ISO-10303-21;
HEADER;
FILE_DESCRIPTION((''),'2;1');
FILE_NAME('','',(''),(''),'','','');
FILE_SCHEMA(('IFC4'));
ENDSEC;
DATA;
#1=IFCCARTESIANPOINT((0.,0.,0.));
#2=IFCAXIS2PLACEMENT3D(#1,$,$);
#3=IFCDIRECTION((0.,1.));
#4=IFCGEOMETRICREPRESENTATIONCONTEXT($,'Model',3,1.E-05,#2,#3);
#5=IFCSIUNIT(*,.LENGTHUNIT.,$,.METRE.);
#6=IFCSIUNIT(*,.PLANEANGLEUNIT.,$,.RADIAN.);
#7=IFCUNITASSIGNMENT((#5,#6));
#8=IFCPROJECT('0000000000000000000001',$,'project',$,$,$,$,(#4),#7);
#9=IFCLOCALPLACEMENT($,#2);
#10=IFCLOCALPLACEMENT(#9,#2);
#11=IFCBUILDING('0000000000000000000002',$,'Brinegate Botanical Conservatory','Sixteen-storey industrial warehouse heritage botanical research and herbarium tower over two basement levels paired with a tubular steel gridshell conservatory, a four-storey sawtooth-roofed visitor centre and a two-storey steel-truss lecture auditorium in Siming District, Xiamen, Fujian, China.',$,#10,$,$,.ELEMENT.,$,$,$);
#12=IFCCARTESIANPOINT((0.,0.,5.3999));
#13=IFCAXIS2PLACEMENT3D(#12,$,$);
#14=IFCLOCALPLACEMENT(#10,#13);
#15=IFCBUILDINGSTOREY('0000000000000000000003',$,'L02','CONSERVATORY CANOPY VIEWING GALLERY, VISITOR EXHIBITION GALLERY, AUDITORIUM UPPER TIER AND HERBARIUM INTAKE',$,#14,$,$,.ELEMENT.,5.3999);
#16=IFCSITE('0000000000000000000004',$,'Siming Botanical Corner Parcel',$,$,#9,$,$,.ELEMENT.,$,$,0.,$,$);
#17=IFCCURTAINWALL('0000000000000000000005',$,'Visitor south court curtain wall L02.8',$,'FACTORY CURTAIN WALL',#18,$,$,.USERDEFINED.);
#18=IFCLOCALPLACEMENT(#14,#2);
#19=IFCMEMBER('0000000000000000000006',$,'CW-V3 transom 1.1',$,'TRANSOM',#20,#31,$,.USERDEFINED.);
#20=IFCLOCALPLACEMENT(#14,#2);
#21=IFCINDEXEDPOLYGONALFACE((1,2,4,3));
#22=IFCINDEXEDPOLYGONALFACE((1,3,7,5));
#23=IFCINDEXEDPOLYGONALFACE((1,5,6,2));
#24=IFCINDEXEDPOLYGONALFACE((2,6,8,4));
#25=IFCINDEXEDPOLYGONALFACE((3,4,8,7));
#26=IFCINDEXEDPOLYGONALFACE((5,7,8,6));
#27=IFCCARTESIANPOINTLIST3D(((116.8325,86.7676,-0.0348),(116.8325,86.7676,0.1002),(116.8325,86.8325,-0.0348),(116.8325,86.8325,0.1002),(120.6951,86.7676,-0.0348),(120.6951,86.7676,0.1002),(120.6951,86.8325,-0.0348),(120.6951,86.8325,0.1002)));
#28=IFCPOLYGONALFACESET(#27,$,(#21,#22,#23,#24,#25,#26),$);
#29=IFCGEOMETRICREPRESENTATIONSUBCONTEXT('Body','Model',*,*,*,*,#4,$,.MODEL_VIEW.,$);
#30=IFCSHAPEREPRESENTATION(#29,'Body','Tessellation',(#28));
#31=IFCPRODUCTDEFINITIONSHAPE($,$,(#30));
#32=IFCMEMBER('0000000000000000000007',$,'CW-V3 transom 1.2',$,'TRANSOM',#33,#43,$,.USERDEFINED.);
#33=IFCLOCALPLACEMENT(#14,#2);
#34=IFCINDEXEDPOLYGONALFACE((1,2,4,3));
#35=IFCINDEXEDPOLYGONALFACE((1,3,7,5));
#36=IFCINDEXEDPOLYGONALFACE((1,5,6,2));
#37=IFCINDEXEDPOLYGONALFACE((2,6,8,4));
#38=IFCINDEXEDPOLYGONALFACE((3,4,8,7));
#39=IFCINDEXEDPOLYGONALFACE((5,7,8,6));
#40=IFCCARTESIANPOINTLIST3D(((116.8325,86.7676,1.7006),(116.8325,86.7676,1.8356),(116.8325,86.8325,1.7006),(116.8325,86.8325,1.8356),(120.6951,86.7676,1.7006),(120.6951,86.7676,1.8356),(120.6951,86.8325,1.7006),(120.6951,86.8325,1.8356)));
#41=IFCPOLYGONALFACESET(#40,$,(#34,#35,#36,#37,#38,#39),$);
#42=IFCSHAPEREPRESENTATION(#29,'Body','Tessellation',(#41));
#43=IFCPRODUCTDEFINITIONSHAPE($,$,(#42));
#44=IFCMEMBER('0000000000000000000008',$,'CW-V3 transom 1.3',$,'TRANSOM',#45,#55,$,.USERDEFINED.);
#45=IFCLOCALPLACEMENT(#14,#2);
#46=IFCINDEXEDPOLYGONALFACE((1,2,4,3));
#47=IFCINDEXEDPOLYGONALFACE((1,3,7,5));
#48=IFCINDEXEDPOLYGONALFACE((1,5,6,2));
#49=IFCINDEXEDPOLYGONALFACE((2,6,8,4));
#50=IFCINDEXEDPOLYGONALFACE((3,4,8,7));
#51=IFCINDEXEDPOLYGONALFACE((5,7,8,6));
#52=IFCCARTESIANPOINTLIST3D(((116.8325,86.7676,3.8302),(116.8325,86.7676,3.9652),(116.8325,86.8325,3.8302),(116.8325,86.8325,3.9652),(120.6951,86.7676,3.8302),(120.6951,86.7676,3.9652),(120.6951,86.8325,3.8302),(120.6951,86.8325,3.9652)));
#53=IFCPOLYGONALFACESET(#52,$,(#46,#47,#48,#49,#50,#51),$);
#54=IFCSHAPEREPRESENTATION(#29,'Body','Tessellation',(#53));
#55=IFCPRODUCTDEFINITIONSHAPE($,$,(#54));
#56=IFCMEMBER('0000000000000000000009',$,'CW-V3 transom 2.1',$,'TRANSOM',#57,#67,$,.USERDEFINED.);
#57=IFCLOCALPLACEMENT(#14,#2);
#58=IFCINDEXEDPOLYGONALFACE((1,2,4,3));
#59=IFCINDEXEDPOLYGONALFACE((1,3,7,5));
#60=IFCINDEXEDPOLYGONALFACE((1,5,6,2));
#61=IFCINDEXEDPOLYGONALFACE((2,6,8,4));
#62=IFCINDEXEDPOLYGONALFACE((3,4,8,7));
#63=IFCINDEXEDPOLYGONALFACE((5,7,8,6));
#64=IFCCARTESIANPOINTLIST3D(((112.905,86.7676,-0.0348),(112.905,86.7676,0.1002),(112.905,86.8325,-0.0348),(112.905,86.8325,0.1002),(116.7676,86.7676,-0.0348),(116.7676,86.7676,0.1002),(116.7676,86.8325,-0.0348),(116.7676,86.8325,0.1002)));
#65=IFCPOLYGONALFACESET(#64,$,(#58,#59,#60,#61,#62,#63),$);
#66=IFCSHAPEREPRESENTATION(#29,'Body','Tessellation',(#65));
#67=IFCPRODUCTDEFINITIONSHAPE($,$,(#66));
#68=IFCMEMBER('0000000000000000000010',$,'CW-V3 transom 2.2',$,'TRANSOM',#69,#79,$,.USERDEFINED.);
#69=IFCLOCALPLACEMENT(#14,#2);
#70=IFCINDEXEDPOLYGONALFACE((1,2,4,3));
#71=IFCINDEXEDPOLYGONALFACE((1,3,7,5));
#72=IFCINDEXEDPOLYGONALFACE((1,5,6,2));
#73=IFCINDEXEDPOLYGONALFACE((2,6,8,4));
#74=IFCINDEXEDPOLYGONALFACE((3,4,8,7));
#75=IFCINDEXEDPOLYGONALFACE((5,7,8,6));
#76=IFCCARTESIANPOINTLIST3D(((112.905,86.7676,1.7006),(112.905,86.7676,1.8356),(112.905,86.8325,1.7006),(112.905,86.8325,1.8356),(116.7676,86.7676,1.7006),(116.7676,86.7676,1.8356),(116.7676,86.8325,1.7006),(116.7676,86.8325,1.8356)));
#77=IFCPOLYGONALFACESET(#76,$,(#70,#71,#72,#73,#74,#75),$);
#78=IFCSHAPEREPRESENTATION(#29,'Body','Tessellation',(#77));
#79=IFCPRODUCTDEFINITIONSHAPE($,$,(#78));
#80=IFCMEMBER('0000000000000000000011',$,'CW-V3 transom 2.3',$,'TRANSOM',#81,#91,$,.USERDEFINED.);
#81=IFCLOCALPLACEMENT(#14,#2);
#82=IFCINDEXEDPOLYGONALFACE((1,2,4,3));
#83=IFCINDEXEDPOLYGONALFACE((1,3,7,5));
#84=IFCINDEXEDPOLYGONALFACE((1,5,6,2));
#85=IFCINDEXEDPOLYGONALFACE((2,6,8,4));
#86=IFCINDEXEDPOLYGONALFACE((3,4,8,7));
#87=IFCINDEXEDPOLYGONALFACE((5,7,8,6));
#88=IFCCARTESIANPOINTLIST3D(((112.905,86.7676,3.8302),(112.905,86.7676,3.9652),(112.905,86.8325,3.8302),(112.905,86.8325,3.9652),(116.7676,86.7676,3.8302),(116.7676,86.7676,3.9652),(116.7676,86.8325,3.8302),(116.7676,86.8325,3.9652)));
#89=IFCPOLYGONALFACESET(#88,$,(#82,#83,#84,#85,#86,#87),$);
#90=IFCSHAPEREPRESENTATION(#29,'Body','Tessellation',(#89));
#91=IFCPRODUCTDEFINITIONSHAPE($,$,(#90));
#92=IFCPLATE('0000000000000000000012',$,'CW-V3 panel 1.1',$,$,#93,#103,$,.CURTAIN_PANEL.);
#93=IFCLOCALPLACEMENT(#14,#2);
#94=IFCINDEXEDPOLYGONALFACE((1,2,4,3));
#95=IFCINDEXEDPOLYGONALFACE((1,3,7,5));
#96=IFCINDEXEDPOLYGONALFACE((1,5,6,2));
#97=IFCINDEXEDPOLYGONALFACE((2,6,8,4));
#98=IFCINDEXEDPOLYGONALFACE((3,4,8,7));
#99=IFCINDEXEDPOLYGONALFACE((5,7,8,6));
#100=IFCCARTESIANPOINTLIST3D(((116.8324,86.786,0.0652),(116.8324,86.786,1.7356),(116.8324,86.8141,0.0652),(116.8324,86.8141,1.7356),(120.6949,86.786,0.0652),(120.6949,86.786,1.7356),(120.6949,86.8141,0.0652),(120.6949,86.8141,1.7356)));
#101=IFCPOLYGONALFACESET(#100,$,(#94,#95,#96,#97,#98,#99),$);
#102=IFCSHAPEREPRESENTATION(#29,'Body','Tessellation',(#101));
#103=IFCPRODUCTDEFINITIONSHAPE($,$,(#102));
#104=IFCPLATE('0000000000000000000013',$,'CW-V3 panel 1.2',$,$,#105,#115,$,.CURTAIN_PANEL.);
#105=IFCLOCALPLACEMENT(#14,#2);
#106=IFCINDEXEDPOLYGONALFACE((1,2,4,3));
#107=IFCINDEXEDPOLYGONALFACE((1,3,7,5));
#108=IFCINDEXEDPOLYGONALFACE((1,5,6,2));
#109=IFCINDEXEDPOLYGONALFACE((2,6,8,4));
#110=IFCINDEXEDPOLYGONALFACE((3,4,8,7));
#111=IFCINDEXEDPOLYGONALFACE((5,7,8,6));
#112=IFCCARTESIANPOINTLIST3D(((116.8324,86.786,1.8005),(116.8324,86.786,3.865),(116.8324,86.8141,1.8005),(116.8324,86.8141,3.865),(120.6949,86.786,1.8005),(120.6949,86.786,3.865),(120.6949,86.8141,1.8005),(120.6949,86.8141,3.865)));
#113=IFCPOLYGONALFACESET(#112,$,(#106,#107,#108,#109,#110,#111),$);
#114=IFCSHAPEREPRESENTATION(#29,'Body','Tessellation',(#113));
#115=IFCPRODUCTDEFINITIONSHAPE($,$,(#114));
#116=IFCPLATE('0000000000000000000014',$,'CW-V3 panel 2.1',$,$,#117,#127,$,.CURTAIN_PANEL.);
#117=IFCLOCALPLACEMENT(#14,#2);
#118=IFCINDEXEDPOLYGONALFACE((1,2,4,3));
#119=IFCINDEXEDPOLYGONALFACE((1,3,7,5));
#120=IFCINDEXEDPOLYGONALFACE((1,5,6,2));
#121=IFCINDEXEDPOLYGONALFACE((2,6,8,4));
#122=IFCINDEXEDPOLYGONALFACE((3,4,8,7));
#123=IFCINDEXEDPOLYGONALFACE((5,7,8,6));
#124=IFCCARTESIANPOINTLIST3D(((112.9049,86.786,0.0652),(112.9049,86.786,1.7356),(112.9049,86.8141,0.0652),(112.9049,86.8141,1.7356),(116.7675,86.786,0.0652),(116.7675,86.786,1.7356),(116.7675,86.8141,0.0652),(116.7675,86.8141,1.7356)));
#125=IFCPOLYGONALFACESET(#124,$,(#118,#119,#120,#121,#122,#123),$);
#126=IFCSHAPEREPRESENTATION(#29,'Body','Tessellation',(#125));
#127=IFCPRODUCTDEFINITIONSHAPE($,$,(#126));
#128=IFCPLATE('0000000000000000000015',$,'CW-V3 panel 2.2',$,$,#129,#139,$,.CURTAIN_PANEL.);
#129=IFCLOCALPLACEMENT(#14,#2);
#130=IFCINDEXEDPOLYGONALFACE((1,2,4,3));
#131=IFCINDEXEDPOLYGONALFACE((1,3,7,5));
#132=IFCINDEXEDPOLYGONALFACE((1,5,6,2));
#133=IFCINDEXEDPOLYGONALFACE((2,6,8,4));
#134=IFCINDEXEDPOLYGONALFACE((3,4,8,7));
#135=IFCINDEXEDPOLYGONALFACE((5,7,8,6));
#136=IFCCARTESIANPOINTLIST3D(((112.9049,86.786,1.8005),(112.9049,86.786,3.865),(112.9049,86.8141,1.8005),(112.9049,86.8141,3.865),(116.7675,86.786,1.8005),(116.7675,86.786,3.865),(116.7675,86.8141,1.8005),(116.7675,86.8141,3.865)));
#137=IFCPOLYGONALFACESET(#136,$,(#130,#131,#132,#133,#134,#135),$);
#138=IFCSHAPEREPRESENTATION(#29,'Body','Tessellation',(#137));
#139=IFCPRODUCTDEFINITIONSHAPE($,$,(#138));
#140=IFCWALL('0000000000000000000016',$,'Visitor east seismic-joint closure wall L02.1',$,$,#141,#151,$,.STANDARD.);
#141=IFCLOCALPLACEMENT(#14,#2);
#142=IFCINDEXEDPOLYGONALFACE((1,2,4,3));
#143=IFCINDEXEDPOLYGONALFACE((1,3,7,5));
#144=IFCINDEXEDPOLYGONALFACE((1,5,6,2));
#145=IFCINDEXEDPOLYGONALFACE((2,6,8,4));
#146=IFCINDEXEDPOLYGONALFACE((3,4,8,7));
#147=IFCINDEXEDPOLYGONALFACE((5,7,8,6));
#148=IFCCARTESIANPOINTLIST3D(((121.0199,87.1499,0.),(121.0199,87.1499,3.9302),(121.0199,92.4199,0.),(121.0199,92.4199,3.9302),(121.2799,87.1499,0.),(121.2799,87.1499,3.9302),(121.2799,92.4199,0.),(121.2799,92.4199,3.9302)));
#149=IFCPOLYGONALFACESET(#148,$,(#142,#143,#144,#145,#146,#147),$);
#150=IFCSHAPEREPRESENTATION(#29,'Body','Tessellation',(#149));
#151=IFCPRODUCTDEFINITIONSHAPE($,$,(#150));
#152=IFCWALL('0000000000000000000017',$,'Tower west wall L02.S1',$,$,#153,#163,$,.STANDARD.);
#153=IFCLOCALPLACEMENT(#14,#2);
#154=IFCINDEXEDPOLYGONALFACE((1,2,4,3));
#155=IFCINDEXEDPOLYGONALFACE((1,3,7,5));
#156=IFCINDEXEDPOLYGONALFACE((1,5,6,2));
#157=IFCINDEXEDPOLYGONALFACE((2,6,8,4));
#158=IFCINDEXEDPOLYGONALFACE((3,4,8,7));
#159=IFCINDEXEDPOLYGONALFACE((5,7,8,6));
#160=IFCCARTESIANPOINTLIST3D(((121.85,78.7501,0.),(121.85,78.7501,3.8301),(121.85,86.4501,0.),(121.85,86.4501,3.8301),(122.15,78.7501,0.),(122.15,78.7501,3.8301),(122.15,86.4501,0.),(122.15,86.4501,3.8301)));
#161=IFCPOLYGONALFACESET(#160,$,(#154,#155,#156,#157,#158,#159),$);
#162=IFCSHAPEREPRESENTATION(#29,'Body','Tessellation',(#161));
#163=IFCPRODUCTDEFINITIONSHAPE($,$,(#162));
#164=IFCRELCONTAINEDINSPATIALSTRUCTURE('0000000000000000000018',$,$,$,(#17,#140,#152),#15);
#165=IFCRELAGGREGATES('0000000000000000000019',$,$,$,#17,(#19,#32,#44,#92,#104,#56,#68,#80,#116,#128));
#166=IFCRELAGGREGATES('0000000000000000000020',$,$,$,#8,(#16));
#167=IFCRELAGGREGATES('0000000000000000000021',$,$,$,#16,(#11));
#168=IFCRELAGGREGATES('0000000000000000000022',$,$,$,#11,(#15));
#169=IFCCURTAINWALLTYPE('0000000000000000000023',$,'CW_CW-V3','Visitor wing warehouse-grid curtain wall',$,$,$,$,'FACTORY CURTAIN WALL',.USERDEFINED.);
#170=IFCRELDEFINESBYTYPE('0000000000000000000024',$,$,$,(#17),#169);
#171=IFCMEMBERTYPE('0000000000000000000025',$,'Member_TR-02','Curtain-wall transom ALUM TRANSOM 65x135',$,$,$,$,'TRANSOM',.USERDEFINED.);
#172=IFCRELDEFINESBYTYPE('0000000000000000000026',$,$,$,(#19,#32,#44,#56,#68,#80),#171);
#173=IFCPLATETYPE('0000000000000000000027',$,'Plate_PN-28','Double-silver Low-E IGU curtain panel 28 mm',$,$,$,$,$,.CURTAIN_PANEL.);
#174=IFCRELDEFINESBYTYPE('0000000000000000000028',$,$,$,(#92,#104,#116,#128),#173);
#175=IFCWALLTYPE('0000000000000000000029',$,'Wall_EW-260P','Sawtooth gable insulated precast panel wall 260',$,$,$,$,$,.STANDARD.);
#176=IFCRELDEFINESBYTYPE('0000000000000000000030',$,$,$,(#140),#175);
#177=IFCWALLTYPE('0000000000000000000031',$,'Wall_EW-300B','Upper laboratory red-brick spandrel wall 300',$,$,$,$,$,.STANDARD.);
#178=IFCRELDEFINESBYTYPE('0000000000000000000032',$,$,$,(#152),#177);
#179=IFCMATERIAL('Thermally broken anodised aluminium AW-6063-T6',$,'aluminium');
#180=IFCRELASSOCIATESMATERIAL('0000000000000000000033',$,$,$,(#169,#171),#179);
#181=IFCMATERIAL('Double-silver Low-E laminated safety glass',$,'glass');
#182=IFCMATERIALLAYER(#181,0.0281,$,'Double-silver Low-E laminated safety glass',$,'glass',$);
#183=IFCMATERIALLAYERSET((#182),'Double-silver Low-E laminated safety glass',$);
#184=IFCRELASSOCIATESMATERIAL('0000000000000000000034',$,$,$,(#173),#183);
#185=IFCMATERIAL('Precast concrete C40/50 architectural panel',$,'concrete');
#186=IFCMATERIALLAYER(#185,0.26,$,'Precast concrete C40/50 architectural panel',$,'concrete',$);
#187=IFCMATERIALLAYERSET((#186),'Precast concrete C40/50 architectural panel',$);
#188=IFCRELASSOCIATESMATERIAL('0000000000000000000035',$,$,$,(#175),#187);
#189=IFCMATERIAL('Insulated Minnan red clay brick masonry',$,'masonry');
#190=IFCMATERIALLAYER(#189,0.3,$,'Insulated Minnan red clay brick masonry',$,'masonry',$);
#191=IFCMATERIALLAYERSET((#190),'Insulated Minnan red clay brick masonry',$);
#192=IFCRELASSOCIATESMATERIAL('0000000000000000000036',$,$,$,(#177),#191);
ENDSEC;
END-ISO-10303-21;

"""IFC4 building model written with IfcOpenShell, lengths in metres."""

from ifc_helpers import new_model, si_unit, direction, frame, frame_2d, origin, origin_2d, place, context, subcontext, project, spatial, rectangle, extrude, material, layer, layer_set, material_profile, profile_set, type_object, element, aggregate, save


model = new_model("IFC4")

# Units and contexts
model_context = context("Model", 3, precision=1e-05, world=origin(), true_north=direction((0.0, 1.0)))
body_context = subcontext(model_context, "Body", "Model", "MODEL_VIEW")
ifc_project = project(units=[si_unit("LENGTHUNIT", "METRE"), si_unit("PLANEANGLEUNIT", "RADIAN")], contexts=[model_context])

# Site, building, storey
site_placement = place(None, origin())
site = spatial("IfcSite", under=ifc_project, at=site_placement, Name="Siming Botanical Corner Parcel", CompositionType="ELEMENT", RefElevation=0.0)
building_placement = place(site_placement, origin())
building = spatial("IfcBuilding", under=site, at=building_placement, Name="Brinegate Botanical Conservatory", Description="Sixteen-storey industrial warehouse heritage botanical research and herbarium tower over two basement levels paired with a tubular steel gridshell conservatory, a four-storey sawtooth-roofed visitor centre and a two-storey steel-truss lecture auditorium in Siming District, Xiamen, Fujian, China.", CompositionType="ELEMENT")
storey_placement = place(building_placement, frame((0.0, 0.0, 5.3999)))
storey = spatial("IfcBuildingStorey", under=building, at=storey_placement, Name="L02", Description="CONSERVATORY CANOPY VIEWING GALLERY, VISITOR EXHIBITION GALLERY, AUDITORIUM UPPER TIER AND HERBARIUM INTAKE", CompositionType="ELEMENT", Elevation=5.3999)

# Curtain wall, members, plates
ifc_material_1 = material(Name="Thermally broken anodised aluminium AW-6063-T6", Category="aluminium")
curtain_wall_type = type_object("IfcCurtainWallType", Name="CW_CW-V3", Description="Visitor wing warehouse-grid curtain wall", ElementType="FACTORY CURTAIN WALL", PredefinedType="USERDEFINED", material=ifc_material_1)
curtain_wall_placement = place(storey_placement, origin())
curtain_wall = element("IfcCurtainWall", 1, at=curtain_wall_placement, inside=storey, type_object=curtain_wall_type, Name="Visitor south court curtain wall L02.8", ObjectType="FACTORY CURTAIN WALL", PredefinedType="USERDEFINED")
ifc_material_profile_1 = material_profile(ifc_material_1, rectangle(XDim=0.0649, YDim=0.135, at=origin_2d()), Name="ALUM TRANSOM 65x135")
ifc_profile_set_1 = profile_set([ifc_material_profile_1], Name="Thermally broken anodised aluminium AW-6063-T6")
member_type_1 = type_object("IfcMemberType", Name="Member_TR-02", Description="Curtain-wall transom ALUM TRANSOM 65x135", ElementType="TRANSOM", PredefinedType="USERDEFINED", material=ifc_profile_set_1)
member_1_placement = place(storey_placement, frame((120.6951, 86.8, 0.0327), z_axis=(-1.0, 0.0, 0.0), x_axis=(0.0, -1.0, 0.0)))
member_1 = element("IfcMember", 2, at=member_1_placement, type_object=member_type_1, Name="CW-V3 transom 1.1", ObjectType="TRANSOM", PredefinedType="USERDEFINED", context=body_context, shape_type="SweptSolid", body=[
    extrude(rectangle(XDim=0.0649, YDim=0.135, at=origin_2d()), origin(), (0.0, 0.0, 1.0), 3.8625),
])
member_2_placement = place(storey_placement, frame((120.6951, 86.8, 1.7681), z_axis=(-1.0, 0.0, 0.0), x_axis=(0.0, -1.0, 0.0)))
member_2 = element("IfcMember", 3, at=member_2_placement, type_object=member_type_1, Name="CW-V3 transom 1.2", ObjectType="TRANSOM", PredefinedType="USERDEFINED", context=body_context, shape_type="SweptSolid", body=[
    extrude(rectangle(XDim=0.0649, YDim=0.135, at=origin_2d()), origin(), (0.0, 0.0, 1.0), 3.8625),
])
member_3_placement = place(storey_placement, frame((120.6951, 86.8, 3.8977), z_axis=(-1.0, 0.0, 0.0), x_axis=(0.0, -1.0, 0.0)))
member_3 = element("IfcMember", 4, at=member_3_placement, type_object=member_type_1, Name="CW-V3 transom 1.3", ObjectType="TRANSOM", PredefinedType="USERDEFINED", context=body_context, shape_type="SweptSolid", body=[
    extrude(rectangle(XDim=0.0649, YDim=0.135, at=origin_2d()), origin(), (0.0, 0.0, 1.0), 3.8625),
])
member_4_placement = place(storey_placement, frame((116.7676, 86.8, 0.0327), z_axis=(-1.0, 0.0, 0.0), x_axis=(0.0, -1.0, 0.0)))
member_4 = element("IfcMember", 5, at=member_4_placement, type_object=member_type_1, Name="CW-V3 transom 2.1", ObjectType="TRANSOM", PredefinedType="USERDEFINED", context=body_context, shape_type="SweptSolid", body=[
    extrude(rectangle(XDim=0.0649, YDim=0.135, at=origin_2d()), origin(), (0.0, 0.0, 1.0), 3.8625),
])
member_5_placement = place(storey_placement, frame((116.7676, 86.8, 1.7681), z_axis=(-1.0, 0.0, 0.0), x_axis=(0.0, -1.0, 0.0)))
member_5 = element("IfcMember", 6, at=member_5_placement, type_object=member_type_1, Name="CW-V3 transom 2.2", ObjectType="TRANSOM", PredefinedType="USERDEFINED", context=body_context, shape_type="SweptSolid", body=[
    extrude(rectangle(XDim=0.0649, YDim=0.135, at=origin_2d()), origin(), (0.0, 0.0, 1.0), 3.8625),
])
member_6_placement = place(storey_placement, frame((116.7676, 86.8, 3.8977), z_axis=(-1.0, 0.0, 0.0), x_axis=(0.0, -1.0, 0.0)))
member_6 = element("IfcMember", 7, at=member_6_placement, type_object=member_type_1, Name="CW-V3 transom 2.3", ObjectType="TRANSOM", PredefinedType="USERDEFINED", context=body_context, shape_type="SweptSolid", body=[
    extrude(rectangle(XDim=0.0649, YDim=0.135, at=origin_2d()), origin(), (0.0, 0.0, 1.0), 3.8625),
])
ifc_material_2 = material(Name="Double-silver Low-E laminated safety glass", Category="glass")
ifc_layer_1 = layer(ifc_material_2, 0.0281, Name="Double-silver Low-E laminated safety glass", Category="glass")
ifc_layer_set_1 = layer_set([ifc_layer_1], Name="Double-silver Low-E laminated safety glass")
plate_type = type_object("IfcPlateType", Name="Plate_PN-28", Description="Double-silver Low-E IGU curtain panel 28 mm", PredefinedType="CURTAIN_PANEL", material=ifc_layer_set_1)
plate_1_placement = place(storey_placement, frame((118.7637, 86.8, 0.0652), z_axis=(0.0, 0.0, 1.0), x_axis=(-1.0, 0.0, 0.0)))
plate_1 = element("IfcPlate", 8, at=plate_1_placement, type_object=plate_type, Name="CW-V3 panel 1.1", PredefinedType="CURTAIN_PANEL", context=body_context, shape_type="SweptSolid", body=[
    extrude(rectangle(XDim=3.8625, YDim=0.0281, at=origin_2d()), origin(), (0.0, 0.0, 1.0), 1.6704),
])
plate_2_placement = place(storey_placement, frame((118.7637, 86.8, 1.8005), z_axis=(0.0, 0.0, 1.0), x_axis=(-1.0, 0.0, 0.0)))
plate_2 = element("IfcPlate", 9, at=plate_2_placement, type_object=plate_type, Name="CW-V3 panel 1.2", PredefinedType="CURTAIN_PANEL", context=body_context, shape_type="SweptSolid", body=[
    extrude(rectangle(XDim=3.8625, YDim=0.0281, at=origin_2d()), origin(), (0.0, 0.0, 1.0), 2.0645),
])
plate_3_placement = place(storey_placement, frame((114.8362, 86.8, 0.0652), z_axis=(0.0, 0.0, 1.0), x_axis=(-1.0, 0.0, 0.0)))
plate_3 = element("IfcPlate", 10, at=plate_3_placement, type_object=plate_type, Name="CW-V3 panel 2.1", PredefinedType="CURTAIN_PANEL", context=body_context, shape_type="SweptSolid", body=[
    extrude(rectangle(XDim=3.8625, YDim=0.0281, at=origin_2d()), origin(), (0.0, 0.0, 1.0), 1.6704),
])
plate_4_placement = place(storey_placement, frame((114.8362, 86.8, 1.8005), z_axis=(0.0, 0.0, 1.0), x_axis=(-1.0, 0.0, 0.0)))
plate_4 = element("IfcPlate", 11, at=plate_4_placement, type_object=plate_type, Name="CW-V3 panel 2.2", PredefinedType="CURTAIN_PANEL", context=body_context, shape_type="SweptSolid", body=[
    extrude(rectangle(XDim=3.8625, YDim=0.0281, at=origin_2d()), origin(), (0.0, 0.0, 1.0), 2.0645),
])
aggregate(curtain_wall, [member_1, member_2, member_3, plate_1, plate_2, member_4, member_5, member_6, plate_3, plate_4])

# Walls
ifc_material_3 = material(Name="Precast concrete C40/50 architectural panel", Category="concrete")
ifc_layer_2 = layer(ifc_material_3, 0.26, Name="Precast concrete C40/50 architectural panel", Category="concrete")
ifc_layer_set_2 = layer_set([ifc_layer_2], Name="Precast concrete C40/50 architectural panel")
wall_type_1 = type_object("IfcWallType", Name="Wall_EW-260P", Description="Sawtooth gable insulated precast panel wall 260", PredefinedType="STANDARD", material=ifc_layer_set_2)
wall_1_placement = place(storey_placement, frame((121.1499, 92.4199, 0.0), z_axis=(0.0, 0.0, 1.0), x_axis=(0.0, -1.0, 0.0)))
element("IfcWall", 12, at=wall_1_placement, inside=storey, type_object=wall_type_1, Name="Visitor east seismic-joint closure wall L02.1", PredefinedType="STANDARD", context=body_context, shape_type="SweptSolid", body=[
    extrude(rectangle(XDim=5.27, YDim=0.26, at=frame_2d((2.635, 0.0))), origin(), (0.0, 0.0, 1.0), 3.9302),
])
ifc_material_4 = material(Name="Insulated Minnan red clay brick masonry", Category="masonry")
ifc_layer_3 = layer(ifc_material_4, 0.3, Name="Insulated Minnan red clay brick masonry", Category="masonry")
ifc_layer_set_3 = layer_set([ifc_layer_3], Name="Insulated Minnan red clay brick masonry")
wall_type_2 = type_object("IfcWallType", Name="Wall_EW-300B", Description="Upper laboratory red-brick spandrel wall 300", PredefinedType="STANDARD", material=ifc_layer_set_3)
wall_2_placement = place(storey_placement, frame((122.0, 78.75, 0.0), z_axis=(0.0, 0.0, 1.0), x_axis=(0.0, 1.0, 0.0)))
element("IfcWall", 13, at=wall_2_placement, inside=storey, type_object=wall_type_2, Name="Tower west wall L02.S1", PredefinedType="STANDARD", context=body_context, shape_type="SweptSolid", body=[
    extrude(rectangle(XDim=7.7, YDim=0.3, at=frame_2d((3.8501, 0.0))), origin(), (0.0, 0.0, 1.0), 3.8301),
])

save(model, "model.ifc")
